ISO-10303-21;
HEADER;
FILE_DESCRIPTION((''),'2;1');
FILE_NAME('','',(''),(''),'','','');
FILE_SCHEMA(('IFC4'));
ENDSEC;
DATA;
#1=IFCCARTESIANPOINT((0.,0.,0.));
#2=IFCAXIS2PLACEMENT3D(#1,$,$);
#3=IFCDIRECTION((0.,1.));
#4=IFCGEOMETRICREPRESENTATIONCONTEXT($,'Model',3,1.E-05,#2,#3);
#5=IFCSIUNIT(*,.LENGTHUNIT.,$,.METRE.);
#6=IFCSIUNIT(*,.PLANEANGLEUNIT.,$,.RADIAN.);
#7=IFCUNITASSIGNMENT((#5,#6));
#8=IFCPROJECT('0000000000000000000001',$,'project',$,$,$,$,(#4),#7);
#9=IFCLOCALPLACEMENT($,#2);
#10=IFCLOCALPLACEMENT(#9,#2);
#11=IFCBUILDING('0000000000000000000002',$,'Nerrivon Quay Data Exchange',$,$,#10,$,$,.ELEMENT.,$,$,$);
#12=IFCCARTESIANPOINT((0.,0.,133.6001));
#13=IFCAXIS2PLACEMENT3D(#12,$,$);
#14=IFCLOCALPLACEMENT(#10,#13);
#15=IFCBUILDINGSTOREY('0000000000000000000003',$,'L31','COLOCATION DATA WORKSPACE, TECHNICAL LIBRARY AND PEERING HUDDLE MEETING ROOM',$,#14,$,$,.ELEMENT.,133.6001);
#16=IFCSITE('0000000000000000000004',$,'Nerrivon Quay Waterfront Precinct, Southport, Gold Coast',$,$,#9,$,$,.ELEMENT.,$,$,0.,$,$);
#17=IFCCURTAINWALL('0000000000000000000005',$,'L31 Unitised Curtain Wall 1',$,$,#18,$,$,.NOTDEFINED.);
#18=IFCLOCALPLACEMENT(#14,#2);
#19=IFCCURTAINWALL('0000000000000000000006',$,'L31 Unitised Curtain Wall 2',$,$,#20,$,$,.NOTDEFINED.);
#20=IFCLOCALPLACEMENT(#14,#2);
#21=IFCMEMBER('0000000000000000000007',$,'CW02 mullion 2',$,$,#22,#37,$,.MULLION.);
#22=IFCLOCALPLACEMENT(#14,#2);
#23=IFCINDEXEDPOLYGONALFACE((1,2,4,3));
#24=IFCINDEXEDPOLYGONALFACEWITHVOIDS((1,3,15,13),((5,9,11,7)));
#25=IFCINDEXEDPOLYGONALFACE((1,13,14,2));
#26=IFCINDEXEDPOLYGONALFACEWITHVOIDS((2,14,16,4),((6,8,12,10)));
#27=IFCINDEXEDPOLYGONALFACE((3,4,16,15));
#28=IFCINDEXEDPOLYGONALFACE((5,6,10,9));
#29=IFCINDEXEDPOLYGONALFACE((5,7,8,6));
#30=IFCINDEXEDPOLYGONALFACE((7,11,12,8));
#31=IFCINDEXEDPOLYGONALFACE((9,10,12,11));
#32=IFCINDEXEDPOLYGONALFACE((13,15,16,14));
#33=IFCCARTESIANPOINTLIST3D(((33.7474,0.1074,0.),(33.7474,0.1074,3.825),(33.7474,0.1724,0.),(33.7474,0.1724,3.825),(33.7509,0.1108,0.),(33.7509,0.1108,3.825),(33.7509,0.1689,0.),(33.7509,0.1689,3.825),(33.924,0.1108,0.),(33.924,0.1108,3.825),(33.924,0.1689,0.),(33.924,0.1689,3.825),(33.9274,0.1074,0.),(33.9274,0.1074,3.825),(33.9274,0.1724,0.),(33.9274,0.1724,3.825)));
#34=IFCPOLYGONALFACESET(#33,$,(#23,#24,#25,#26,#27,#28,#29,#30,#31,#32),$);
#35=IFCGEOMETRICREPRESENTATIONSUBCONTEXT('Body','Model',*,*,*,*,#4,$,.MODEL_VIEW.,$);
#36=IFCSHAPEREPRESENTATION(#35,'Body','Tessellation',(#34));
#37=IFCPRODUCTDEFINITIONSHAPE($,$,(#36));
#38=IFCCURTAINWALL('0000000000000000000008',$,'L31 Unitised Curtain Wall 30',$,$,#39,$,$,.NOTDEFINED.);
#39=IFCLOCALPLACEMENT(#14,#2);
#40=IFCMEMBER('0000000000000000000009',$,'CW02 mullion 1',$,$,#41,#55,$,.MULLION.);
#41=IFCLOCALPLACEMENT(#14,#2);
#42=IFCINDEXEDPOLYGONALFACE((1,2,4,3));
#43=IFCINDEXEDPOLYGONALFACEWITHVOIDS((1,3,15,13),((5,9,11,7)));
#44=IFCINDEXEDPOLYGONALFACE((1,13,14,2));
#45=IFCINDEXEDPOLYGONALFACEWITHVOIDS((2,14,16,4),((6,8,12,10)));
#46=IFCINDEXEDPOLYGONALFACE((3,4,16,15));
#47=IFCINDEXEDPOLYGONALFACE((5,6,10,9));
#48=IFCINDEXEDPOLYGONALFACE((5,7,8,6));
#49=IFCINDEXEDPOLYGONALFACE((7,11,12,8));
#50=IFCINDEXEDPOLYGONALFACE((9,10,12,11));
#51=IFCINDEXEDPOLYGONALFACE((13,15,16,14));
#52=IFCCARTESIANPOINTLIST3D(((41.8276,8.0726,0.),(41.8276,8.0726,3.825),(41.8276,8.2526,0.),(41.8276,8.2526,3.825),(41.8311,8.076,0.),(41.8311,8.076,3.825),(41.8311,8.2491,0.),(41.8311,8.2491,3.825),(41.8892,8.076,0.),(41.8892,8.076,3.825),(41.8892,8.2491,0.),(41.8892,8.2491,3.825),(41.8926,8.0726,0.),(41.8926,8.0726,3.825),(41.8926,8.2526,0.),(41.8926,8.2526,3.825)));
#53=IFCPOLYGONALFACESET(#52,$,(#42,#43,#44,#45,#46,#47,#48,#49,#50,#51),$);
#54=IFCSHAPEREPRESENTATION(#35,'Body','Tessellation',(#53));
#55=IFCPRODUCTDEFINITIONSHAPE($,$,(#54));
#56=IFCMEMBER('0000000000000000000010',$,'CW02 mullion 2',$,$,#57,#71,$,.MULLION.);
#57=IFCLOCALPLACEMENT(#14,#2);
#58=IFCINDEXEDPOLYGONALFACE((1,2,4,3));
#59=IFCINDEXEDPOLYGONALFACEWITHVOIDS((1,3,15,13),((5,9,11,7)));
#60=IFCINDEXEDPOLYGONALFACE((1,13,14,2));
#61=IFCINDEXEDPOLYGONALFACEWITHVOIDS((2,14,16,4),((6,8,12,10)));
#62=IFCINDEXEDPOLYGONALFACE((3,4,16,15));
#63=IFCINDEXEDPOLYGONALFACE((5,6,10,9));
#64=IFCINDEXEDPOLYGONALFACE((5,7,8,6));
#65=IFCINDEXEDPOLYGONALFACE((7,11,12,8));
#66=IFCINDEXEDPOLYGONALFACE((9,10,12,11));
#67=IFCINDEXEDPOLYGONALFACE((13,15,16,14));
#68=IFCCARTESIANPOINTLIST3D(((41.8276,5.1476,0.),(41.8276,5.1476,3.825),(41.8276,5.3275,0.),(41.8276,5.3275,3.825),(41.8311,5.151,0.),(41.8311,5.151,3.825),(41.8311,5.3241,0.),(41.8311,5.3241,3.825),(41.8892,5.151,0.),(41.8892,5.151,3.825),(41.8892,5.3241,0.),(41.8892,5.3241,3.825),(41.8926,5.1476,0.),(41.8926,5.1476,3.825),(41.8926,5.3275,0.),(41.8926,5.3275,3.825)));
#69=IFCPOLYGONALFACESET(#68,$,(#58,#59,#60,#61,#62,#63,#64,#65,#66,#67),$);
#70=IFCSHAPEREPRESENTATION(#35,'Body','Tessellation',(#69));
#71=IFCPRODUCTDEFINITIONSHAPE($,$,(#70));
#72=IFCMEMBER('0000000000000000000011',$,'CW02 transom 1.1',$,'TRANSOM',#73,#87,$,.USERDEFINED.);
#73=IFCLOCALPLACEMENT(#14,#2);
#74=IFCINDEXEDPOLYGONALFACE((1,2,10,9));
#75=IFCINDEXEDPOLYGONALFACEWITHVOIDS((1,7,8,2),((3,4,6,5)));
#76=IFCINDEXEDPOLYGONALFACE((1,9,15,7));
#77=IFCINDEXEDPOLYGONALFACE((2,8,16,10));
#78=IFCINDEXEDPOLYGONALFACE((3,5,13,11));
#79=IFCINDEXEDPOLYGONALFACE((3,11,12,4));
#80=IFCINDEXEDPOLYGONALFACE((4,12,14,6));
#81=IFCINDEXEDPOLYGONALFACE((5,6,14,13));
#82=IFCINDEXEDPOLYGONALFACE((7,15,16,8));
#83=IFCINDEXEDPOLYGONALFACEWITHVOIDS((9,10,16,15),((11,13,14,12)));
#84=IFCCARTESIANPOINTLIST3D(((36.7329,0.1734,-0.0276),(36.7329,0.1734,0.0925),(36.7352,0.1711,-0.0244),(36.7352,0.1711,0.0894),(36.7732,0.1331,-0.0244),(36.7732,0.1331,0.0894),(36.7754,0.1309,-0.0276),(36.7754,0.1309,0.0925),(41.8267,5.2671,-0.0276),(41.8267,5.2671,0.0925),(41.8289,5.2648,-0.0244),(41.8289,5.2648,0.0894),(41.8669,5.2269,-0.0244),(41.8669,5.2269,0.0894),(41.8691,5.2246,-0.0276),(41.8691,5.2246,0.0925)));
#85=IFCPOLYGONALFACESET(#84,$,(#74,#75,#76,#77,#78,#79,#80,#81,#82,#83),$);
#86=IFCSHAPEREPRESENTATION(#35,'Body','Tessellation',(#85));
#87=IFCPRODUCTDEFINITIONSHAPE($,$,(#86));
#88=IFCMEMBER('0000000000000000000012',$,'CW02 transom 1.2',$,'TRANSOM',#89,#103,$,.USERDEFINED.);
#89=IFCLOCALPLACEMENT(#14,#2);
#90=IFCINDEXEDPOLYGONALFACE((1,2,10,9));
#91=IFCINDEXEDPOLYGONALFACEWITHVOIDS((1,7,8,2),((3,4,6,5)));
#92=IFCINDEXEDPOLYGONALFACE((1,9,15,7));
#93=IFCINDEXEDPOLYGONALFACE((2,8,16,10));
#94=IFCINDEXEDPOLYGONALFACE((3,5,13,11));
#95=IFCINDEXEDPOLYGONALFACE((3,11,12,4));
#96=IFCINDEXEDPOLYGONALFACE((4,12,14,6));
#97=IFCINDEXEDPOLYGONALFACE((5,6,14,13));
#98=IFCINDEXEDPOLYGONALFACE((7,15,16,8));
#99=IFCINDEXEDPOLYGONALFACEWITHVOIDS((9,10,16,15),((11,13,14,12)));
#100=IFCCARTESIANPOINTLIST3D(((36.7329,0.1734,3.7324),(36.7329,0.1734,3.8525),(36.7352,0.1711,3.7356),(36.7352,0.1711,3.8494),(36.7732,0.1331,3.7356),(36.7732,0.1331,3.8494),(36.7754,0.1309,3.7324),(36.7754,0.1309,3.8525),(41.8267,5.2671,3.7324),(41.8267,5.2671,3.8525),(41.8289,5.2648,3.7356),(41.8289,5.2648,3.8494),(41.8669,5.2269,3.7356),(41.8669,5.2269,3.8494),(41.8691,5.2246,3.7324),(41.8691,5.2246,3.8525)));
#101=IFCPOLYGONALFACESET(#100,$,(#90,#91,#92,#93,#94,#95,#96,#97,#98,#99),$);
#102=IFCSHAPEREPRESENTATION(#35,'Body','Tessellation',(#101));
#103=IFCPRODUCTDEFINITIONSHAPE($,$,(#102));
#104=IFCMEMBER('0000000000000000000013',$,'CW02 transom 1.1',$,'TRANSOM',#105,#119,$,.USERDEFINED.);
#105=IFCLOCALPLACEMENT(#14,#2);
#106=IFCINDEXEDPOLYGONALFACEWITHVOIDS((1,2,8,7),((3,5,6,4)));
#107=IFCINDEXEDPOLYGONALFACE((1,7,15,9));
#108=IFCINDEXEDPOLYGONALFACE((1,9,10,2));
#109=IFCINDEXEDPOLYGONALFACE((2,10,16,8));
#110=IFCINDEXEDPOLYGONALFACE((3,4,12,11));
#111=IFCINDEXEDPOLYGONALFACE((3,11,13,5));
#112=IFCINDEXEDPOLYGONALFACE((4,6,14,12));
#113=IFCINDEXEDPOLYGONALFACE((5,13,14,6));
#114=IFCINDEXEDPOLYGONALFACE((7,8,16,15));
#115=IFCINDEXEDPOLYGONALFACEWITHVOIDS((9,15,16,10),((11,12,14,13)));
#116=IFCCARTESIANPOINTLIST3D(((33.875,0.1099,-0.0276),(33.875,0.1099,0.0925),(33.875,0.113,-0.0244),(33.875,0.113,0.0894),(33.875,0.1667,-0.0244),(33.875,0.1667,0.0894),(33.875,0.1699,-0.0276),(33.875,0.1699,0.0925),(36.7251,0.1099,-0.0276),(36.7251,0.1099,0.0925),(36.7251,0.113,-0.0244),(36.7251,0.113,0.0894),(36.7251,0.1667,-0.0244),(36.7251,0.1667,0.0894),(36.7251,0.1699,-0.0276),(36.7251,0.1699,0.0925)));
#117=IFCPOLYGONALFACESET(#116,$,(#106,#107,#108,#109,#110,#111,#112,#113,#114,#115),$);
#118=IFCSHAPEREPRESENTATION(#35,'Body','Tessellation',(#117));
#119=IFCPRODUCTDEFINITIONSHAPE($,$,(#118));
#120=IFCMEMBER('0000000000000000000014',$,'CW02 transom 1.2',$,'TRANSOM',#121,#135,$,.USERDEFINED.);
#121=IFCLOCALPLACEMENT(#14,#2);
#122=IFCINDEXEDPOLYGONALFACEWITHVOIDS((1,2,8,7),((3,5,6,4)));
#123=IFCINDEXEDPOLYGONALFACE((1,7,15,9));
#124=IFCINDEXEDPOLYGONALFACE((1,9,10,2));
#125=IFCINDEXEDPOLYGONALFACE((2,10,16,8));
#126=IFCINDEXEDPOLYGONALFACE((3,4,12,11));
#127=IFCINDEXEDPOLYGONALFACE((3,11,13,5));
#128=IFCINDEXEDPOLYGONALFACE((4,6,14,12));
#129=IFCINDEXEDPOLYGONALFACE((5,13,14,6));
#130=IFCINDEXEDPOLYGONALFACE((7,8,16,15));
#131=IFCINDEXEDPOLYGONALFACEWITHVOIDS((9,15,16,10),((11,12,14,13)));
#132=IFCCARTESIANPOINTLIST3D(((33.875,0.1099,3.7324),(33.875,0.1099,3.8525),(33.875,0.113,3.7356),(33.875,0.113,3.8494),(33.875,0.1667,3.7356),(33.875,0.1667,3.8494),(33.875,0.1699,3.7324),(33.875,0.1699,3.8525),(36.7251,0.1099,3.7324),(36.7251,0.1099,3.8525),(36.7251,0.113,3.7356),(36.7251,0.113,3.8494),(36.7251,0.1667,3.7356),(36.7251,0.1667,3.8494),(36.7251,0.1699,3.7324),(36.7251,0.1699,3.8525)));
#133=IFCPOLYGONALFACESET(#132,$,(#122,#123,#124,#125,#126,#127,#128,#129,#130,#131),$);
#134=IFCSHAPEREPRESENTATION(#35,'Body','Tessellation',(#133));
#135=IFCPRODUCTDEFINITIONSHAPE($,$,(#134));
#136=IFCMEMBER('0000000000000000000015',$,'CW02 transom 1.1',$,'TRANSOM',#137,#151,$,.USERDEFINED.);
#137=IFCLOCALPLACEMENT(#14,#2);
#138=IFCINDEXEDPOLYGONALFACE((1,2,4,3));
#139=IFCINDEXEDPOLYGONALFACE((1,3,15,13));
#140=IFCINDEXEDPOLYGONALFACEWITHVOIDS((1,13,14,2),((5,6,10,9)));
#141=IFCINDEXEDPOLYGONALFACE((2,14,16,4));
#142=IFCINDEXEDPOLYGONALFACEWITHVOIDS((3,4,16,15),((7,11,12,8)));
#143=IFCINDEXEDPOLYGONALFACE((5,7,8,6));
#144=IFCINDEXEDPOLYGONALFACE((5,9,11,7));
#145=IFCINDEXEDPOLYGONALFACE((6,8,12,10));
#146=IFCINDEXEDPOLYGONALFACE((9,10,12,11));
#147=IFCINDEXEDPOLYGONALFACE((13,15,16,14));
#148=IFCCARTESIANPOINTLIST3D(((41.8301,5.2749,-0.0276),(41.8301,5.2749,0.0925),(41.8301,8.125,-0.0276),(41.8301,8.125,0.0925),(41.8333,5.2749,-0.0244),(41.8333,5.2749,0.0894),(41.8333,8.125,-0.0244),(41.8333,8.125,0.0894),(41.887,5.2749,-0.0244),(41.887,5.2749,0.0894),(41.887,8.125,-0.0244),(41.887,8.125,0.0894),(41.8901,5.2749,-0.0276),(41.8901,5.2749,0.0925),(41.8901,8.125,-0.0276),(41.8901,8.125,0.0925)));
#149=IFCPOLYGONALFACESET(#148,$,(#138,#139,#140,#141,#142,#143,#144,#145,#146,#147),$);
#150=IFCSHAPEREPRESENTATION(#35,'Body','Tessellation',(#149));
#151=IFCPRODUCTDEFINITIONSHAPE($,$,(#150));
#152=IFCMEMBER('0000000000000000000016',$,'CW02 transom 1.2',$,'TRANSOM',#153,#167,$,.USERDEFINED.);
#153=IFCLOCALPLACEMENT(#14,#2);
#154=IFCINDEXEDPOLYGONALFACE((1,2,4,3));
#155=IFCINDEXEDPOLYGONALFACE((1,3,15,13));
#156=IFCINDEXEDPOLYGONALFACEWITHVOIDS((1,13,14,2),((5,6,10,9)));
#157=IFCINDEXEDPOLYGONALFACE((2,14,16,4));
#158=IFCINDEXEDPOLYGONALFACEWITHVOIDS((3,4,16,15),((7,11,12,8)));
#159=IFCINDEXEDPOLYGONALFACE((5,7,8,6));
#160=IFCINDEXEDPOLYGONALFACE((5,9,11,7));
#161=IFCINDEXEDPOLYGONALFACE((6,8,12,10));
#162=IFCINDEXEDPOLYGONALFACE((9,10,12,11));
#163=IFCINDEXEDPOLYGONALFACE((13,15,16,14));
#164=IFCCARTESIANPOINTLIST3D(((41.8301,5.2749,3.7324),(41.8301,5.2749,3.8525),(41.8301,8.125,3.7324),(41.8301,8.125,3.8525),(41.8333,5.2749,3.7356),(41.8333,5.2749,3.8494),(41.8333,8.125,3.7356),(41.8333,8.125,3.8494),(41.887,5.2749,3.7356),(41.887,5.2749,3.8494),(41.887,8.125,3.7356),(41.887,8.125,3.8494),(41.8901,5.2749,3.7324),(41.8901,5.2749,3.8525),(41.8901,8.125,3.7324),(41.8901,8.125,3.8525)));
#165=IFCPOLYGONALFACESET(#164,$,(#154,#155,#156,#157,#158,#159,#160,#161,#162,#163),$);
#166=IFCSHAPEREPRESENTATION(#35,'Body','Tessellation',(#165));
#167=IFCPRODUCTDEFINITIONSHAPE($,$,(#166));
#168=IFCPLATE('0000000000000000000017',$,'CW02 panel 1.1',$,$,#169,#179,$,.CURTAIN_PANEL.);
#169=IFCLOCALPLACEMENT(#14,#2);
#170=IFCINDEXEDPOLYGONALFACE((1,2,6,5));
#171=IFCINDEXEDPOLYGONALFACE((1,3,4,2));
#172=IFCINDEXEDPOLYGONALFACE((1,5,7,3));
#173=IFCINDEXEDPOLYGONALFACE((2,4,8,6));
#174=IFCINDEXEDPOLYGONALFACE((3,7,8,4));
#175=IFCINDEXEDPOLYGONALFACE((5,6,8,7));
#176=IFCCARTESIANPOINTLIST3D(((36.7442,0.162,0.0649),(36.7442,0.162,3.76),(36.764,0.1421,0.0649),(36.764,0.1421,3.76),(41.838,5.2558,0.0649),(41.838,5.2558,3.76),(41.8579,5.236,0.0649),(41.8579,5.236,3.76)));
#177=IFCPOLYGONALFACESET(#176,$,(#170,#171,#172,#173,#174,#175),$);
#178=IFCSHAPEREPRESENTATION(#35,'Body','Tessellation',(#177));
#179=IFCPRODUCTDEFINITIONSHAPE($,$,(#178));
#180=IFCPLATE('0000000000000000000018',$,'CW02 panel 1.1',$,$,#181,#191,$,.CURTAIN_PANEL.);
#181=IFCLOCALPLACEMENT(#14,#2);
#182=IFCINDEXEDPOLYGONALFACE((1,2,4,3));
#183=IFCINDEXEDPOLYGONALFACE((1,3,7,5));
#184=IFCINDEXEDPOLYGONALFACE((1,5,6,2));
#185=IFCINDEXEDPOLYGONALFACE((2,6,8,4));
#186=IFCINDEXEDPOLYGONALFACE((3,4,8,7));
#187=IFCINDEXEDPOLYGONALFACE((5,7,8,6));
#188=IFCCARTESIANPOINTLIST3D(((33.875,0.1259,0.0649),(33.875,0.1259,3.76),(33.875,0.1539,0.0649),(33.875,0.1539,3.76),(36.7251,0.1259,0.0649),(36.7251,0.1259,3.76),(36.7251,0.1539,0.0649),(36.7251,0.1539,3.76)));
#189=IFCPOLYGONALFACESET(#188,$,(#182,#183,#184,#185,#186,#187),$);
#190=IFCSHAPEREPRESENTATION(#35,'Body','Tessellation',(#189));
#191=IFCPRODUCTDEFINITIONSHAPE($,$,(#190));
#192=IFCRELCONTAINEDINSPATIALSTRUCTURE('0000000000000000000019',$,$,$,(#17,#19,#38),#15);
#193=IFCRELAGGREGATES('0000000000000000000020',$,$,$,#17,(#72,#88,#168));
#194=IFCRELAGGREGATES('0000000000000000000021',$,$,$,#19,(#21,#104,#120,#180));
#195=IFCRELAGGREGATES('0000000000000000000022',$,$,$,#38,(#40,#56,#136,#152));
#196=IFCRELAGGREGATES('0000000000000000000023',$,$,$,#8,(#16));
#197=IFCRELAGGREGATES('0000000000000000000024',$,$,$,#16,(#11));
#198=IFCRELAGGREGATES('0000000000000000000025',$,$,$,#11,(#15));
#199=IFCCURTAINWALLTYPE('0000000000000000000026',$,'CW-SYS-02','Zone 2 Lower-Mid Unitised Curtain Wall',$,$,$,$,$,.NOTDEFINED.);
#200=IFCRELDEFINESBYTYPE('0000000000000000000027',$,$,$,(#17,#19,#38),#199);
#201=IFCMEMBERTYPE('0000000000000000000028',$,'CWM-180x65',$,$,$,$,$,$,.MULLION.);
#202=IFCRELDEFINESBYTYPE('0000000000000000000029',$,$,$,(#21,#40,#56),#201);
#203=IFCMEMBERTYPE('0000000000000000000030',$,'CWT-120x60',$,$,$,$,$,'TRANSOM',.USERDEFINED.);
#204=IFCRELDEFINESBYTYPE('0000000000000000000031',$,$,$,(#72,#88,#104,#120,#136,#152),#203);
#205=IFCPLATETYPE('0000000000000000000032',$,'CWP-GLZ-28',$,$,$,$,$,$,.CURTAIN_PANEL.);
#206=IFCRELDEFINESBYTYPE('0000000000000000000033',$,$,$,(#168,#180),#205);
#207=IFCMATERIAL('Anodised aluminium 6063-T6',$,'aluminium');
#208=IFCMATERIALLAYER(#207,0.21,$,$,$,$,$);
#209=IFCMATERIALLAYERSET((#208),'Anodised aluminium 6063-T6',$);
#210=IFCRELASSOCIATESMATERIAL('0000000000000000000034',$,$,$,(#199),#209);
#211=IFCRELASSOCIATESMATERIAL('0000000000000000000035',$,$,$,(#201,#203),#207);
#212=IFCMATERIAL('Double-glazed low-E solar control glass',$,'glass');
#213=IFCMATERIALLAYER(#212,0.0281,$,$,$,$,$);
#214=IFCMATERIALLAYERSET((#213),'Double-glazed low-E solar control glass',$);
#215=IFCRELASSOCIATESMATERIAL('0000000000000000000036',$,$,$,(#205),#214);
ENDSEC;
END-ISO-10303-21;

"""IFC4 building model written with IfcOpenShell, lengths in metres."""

from ifc_helpers import new_model, si_unit, direction, frame, origin, origin_2d, place, context, subcontext, project, spatial, rectangle, hollow_rectangle, extrude, material, layer, layer_set, material_profile, profile_set, type_object, element, aggregate, save


model = new_model("IFC4")

# Units and contexts
model_context = context("Model", 3, precision=1e-05, world=origin(), true_north=direction((0.0, 1.0)))
body_context = subcontext(model_context, "Body", "Model", "MODEL_VIEW")
ifc_project = project(units=[si_unit("LENGTHUNIT", "METRE"), si_unit("PLANEANGLEUNIT", "RADIAN")], contexts=[model_context])

# Site, building, storey
site_placement = place(None, origin())
site = spatial("IfcSite", under=ifc_project, at=site_placement, Name="Nerrivon Quay Waterfront Precinct, Southport, Gold Coast", CompositionType="ELEMENT", RefElevation=0.0)
building_placement = place(site_placement, origin())
building = spatial("IfcBuilding", under=site, at=building_placement, Name="Nerrivon Quay Data Exchange", CompositionType="ELEMENT")
storey_placement = place(building_placement, frame((0.0, 0.0, 133.6001)))
storey = spatial("IfcBuildingStorey", under=building, at=storey_placement, Name="L31", Description="COLOCATION DATA WORKSPACE, TECHNICAL LIBRARY AND PEERING HUDDLE MEETING ROOM", CompositionType="ELEMENT", Elevation=133.6001)

# Curtain walls, members
ifc_material_1 = material(Name="Anodised aluminium 6063-T6", Category="aluminium")
ifc_layer_1 = layer(ifc_material_1, 0.21)
ifc_layer_set_1 = layer_set([ifc_layer_1], Name="Anodised aluminium 6063-T6")
curtain_wall_type = type_object("IfcCurtainWallType", Name="CW-SYS-02", Description="Zone 2 Lower-Mid Unitised Curtain Wall", PredefinedType="NOTDEFINED", material=ifc_layer_set_1)
curtain_wall_1_placement = place(storey_placement, origin())
curtain_wall_1 = element("IfcCurtainWall", 1, at=curtain_wall_1_placement, inside=storey, type_object=curtain_wall_type, Name="L31 Unitised Curtain Wall 1", PredefinedType="NOTDEFINED")
ifc_material_profile_1 = material_profile(ifc_material_1, hollow_rectangle(XDim=0.0649, YDim=0.1799, WallThickness=0.0034, at=origin_2d()), Name="ALU-MULL-180x65")
ifc_profile_set_1 = profile_set([ifc_material_profile_1], Name="Anodised aluminium 6063-T6")
member_type_1 = type_object("IfcMemberType", Name="CWM-180x65", PredefinedType="MULLION", material=ifc_profile_set_1)
curtain_wall_2_placement = place(storey_placement, origin())
curtain_wall_2 = element("IfcCurtainWall", 2, at=curtain_wall_2_placement, inside=storey, type_object=curtain_wall_type, Name="L31 Unitised Curtain Wall 2", PredefinedType="NOTDEFINED")
member_1_placement = place(storey_placement, frame((33.8374, 0.1399, 0.0), z_axis=(0.0, 0.0, 1.0), x_axis=(0.0, -1.0, 0.0)))
member_1 = element("IfcMember", 3, at=member_1_placement, type_object=member_type_1, Name="CW02 mullion 2", PredefinedType="MULLION", context=body_context, shape_type="SweptSolid", body=[
    extrude(hollow_rectangle(XDim=0.0649, YDim=0.1799, WallThickness=0.0034, at=origin_2d()), origin(), (0.0, 0.0, 1.0), 3.825),
])
curtain_wall_3_placement = place(storey_placement, origin())
curtain_wall_3 = element("IfcCurtainWall", 4, at=curtain_wall_3_placement, inside=storey, type_object=curtain_wall_type, Name="L31 Unitised Curtain Wall 30", PredefinedType="NOTDEFINED")
member_2_placement = place(storey_placement, frame((41.8601, 8.1626, 0.0), z_axis=(0.0, 0.0, 1.0), x_axis=(1.0, 0.0, 0.0)))
member_2 = element("IfcMember", 5, at=member_2_placement, type_object=member_type_1, Name="CW02 mullion 1", PredefinedType="MULLION", context=body_context, shape_type="SweptSolid", body=[
    extrude(hollow_rectangle(XDim=0.0649, YDim=0.1799, WallThickness=0.0034, at=origin_2d()), origin(), (0.0, 0.0, 1.0), 3.825),
])
member_3_placement = place(storey_placement, frame((41.8601, 5.2375, 0.0), z_axis=(0.0, 0.0, 1.0), x_axis=(1.0, 0.0, 0.0)))
member_3 = element("IfcMember", 6, at=member_3_placement, type_object=member_type_1, Name="CW02 mullion 2", PredefinedType="MULLION", context=body_context, shape_type="SweptSolid", body=[
    extrude(hollow_rectangle(XDim=0.0649, YDim=0.1799, WallThickness=0.0034, at=origin_2d()), origin(), (0.0, 0.0, 1.0), 3.825),
])

# Members
ifc_material_profile_2 = material_profile(ifc_material_1, hollow_rectangle(XDim=0.0601, YDim=0.1201, WallThickness=0.0032, at=origin_2d()), Name="ALU-TRAN-120x60")
ifc_profile_set_2 = profile_set([ifc_material_profile_2], Name="Anodised aluminium 6063-T6")
member_type_2 = type_object("IfcMemberType", Name="CWT-120x60", ElementType="TRANSOM", PredefinedType="USERDEFINED", material=ifc_profile_set_2)
member_4_placement = place(storey_placement, frame((41.8479, 5.2458, 0.0325), z_axis=(-0.707107, -0.707107, 0.0), x_axis=(0.707107, -0.707107, 0.0)))
member_4 = element("IfcMember", 7, at=member_4_placement, type_object=member_type_2, Name="CW02 transom 1.1", ObjectType="TRANSOM", PredefinedType="USERDEFINED", context=body_context, shape_type="SweptSolid", body=[
    extrude(hollow_rectangle(XDim=0.0601, YDim=0.1201, WallThickness=0.0032, at=origin_2d()), origin(), (0.0, 0.0, 1.0), 7.2036),
])
member_5_placement = place(storey_placement, frame((41.8479, 5.2458, 3.7925), z_axis=(-0.707107, -0.707107, 0.0), x_axis=(0.707107, -0.707107, 0.0)))
member_5 = element("IfcMember", 8, at=member_5_placement, type_object=member_type_2, Name="CW02 transom 1.2", ObjectType="TRANSOM", PredefinedType="USERDEFINED", context=body_context, shape_type="SweptSolid", body=[
    extrude(hollow_rectangle(XDim=0.0601, YDim=0.1201, WallThickness=0.0032, at=origin_2d()), origin(), (0.0, 0.0, 1.0), 7.2036),
])
member_6_placement = place(storey_placement, frame((36.7251, 0.1399, 0.0325), z_axis=(-1.0, 0.0, 0.0), x_axis=(0.0, -1.0, 0.0)))
member_6 = element("IfcMember", 9, at=member_6_placement, type_object=member_type_2, Name="CW02 transom 1.1", ObjectType="TRANSOM", PredefinedType="USERDEFINED", context=body_context, shape_type="SweptSolid", body=[
    extrude(hollow_rectangle(XDim=0.0601, YDim=0.1201, WallThickness=0.0032, at=origin_2d()), origin(), (0.0, 0.0, 1.0), 2.8501),
])
member_7_placement = place(storey_placement, frame((36.7251, 0.1399, 3.7925), z_axis=(-1.0, 0.0, 0.0), x_axis=(0.0, -1.0, 0.0)))
member_7 = element("IfcMember", 10, at=member_7_placement, type_object=member_type_2, Name="CW02 transom 1.2", ObjectType="TRANSOM", PredefinedType="USERDEFINED", context=body_context, shape_type="SweptSolid", body=[
    extrude(hollow_rectangle(XDim=0.0601, YDim=0.1201, WallThickness=0.0032, at=origin_2d()), origin(), (0.0, 0.0, 1.0), 2.8501),
])
member_8_placement = place(storey_placement, frame((41.8601, 8.125, 0.0325), z_axis=(0.0, -1.0, 0.0), x_axis=(1.0, 0.0, 0.0)))
member_8 = element("IfcMember", 11, at=member_8_placement, type_object=member_type_2, Name="CW02 transom 1.1", ObjectType="TRANSOM", PredefinedType="USERDEFINED", context=body_context, shape_type="SweptSolid", body=[
    extrude(hollow_rectangle(XDim=0.0601, YDim=0.1201, WallThickness=0.0032, at=origin_2d()), origin(), (0.0, 0.0, 1.0), 2.8501),
])
member_9_placement = place(storey_placement, frame((41.8601, 8.125, 3.7925), z_axis=(0.0, -1.0, 0.0), x_axis=(1.0, 0.0, 0.0)))
member_9 = element("IfcMember", 12, at=member_9_placement, type_object=member_type_2, Name="CW02 transom 1.2", ObjectType="TRANSOM", PredefinedType="USERDEFINED", context=body_context, shape_type="SweptSolid", body=[
    extrude(hollow_rectangle(XDim=0.0601, YDim=0.1201, WallThickness=0.0032, at=origin_2d()), origin(), (0.0, 0.0, 1.0), 2.8501),
])

# Plates
ifc_material_2 = material(Name="Double-glazed low-E solar control glass", Category="glass")
ifc_layer_2 = layer(ifc_material_2, 0.0281)
ifc_layer_set_2 = layer_set([ifc_layer_2], Name="Double-glazed low-E solar control glass")
plate_type = type_object("IfcPlateType", Name="CWP-GLZ-28", PredefinedType="CURTAIN_PANEL", material=ifc_layer_set_2)
plate_1_placement = place(storey_placement, frame((39.301, 2.699, 0.0649), z_axis=(0.0, 0.0, 1.0), x_axis=(-0.707107, -0.707107, 0.0)))
plate_1 = element("IfcPlate", 13, at=plate_1_placement, type_object=plate_type, Name="CW02 panel 1.1", PredefinedType="CURTAIN_PANEL", context=body_context, shape_type="SweptSolid", body=[
    extrude(rectangle(XDim=7.2039, YDim=0.0281, at=origin_2d()), origin(), (0.0, 0.0, 1.0), 3.6951),
])
aggregate(curtain_wall_1, [member_4, member_5, plate_1])
plate_2_placement = place(storey_placement, frame((35.3, 0.1399, 0.0649), z_axis=(0.0, 0.0, 1.0), x_axis=(-1.0, 0.0, 0.0)))
plate_2 = element("IfcPlate", 14, at=plate_2_placement, type_object=plate_type, Name="CW02 panel 1.1", PredefinedType="CURTAIN_PANEL", context=body_context, shape_type="SweptSolid", body=[
    extrude(rectangle(XDim=2.8501, YDim=0.0281, at=origin_2d()), origin(), (0.0, 0.0, 1.0), 3.6951),
])
aggregate(curtain_wall_2, [member_1, member_6, member_7, plate_2])
aggregate(curtain_wall_3, [member_2, member_3, member_8, member_9])

save(model, "model.ifc")
